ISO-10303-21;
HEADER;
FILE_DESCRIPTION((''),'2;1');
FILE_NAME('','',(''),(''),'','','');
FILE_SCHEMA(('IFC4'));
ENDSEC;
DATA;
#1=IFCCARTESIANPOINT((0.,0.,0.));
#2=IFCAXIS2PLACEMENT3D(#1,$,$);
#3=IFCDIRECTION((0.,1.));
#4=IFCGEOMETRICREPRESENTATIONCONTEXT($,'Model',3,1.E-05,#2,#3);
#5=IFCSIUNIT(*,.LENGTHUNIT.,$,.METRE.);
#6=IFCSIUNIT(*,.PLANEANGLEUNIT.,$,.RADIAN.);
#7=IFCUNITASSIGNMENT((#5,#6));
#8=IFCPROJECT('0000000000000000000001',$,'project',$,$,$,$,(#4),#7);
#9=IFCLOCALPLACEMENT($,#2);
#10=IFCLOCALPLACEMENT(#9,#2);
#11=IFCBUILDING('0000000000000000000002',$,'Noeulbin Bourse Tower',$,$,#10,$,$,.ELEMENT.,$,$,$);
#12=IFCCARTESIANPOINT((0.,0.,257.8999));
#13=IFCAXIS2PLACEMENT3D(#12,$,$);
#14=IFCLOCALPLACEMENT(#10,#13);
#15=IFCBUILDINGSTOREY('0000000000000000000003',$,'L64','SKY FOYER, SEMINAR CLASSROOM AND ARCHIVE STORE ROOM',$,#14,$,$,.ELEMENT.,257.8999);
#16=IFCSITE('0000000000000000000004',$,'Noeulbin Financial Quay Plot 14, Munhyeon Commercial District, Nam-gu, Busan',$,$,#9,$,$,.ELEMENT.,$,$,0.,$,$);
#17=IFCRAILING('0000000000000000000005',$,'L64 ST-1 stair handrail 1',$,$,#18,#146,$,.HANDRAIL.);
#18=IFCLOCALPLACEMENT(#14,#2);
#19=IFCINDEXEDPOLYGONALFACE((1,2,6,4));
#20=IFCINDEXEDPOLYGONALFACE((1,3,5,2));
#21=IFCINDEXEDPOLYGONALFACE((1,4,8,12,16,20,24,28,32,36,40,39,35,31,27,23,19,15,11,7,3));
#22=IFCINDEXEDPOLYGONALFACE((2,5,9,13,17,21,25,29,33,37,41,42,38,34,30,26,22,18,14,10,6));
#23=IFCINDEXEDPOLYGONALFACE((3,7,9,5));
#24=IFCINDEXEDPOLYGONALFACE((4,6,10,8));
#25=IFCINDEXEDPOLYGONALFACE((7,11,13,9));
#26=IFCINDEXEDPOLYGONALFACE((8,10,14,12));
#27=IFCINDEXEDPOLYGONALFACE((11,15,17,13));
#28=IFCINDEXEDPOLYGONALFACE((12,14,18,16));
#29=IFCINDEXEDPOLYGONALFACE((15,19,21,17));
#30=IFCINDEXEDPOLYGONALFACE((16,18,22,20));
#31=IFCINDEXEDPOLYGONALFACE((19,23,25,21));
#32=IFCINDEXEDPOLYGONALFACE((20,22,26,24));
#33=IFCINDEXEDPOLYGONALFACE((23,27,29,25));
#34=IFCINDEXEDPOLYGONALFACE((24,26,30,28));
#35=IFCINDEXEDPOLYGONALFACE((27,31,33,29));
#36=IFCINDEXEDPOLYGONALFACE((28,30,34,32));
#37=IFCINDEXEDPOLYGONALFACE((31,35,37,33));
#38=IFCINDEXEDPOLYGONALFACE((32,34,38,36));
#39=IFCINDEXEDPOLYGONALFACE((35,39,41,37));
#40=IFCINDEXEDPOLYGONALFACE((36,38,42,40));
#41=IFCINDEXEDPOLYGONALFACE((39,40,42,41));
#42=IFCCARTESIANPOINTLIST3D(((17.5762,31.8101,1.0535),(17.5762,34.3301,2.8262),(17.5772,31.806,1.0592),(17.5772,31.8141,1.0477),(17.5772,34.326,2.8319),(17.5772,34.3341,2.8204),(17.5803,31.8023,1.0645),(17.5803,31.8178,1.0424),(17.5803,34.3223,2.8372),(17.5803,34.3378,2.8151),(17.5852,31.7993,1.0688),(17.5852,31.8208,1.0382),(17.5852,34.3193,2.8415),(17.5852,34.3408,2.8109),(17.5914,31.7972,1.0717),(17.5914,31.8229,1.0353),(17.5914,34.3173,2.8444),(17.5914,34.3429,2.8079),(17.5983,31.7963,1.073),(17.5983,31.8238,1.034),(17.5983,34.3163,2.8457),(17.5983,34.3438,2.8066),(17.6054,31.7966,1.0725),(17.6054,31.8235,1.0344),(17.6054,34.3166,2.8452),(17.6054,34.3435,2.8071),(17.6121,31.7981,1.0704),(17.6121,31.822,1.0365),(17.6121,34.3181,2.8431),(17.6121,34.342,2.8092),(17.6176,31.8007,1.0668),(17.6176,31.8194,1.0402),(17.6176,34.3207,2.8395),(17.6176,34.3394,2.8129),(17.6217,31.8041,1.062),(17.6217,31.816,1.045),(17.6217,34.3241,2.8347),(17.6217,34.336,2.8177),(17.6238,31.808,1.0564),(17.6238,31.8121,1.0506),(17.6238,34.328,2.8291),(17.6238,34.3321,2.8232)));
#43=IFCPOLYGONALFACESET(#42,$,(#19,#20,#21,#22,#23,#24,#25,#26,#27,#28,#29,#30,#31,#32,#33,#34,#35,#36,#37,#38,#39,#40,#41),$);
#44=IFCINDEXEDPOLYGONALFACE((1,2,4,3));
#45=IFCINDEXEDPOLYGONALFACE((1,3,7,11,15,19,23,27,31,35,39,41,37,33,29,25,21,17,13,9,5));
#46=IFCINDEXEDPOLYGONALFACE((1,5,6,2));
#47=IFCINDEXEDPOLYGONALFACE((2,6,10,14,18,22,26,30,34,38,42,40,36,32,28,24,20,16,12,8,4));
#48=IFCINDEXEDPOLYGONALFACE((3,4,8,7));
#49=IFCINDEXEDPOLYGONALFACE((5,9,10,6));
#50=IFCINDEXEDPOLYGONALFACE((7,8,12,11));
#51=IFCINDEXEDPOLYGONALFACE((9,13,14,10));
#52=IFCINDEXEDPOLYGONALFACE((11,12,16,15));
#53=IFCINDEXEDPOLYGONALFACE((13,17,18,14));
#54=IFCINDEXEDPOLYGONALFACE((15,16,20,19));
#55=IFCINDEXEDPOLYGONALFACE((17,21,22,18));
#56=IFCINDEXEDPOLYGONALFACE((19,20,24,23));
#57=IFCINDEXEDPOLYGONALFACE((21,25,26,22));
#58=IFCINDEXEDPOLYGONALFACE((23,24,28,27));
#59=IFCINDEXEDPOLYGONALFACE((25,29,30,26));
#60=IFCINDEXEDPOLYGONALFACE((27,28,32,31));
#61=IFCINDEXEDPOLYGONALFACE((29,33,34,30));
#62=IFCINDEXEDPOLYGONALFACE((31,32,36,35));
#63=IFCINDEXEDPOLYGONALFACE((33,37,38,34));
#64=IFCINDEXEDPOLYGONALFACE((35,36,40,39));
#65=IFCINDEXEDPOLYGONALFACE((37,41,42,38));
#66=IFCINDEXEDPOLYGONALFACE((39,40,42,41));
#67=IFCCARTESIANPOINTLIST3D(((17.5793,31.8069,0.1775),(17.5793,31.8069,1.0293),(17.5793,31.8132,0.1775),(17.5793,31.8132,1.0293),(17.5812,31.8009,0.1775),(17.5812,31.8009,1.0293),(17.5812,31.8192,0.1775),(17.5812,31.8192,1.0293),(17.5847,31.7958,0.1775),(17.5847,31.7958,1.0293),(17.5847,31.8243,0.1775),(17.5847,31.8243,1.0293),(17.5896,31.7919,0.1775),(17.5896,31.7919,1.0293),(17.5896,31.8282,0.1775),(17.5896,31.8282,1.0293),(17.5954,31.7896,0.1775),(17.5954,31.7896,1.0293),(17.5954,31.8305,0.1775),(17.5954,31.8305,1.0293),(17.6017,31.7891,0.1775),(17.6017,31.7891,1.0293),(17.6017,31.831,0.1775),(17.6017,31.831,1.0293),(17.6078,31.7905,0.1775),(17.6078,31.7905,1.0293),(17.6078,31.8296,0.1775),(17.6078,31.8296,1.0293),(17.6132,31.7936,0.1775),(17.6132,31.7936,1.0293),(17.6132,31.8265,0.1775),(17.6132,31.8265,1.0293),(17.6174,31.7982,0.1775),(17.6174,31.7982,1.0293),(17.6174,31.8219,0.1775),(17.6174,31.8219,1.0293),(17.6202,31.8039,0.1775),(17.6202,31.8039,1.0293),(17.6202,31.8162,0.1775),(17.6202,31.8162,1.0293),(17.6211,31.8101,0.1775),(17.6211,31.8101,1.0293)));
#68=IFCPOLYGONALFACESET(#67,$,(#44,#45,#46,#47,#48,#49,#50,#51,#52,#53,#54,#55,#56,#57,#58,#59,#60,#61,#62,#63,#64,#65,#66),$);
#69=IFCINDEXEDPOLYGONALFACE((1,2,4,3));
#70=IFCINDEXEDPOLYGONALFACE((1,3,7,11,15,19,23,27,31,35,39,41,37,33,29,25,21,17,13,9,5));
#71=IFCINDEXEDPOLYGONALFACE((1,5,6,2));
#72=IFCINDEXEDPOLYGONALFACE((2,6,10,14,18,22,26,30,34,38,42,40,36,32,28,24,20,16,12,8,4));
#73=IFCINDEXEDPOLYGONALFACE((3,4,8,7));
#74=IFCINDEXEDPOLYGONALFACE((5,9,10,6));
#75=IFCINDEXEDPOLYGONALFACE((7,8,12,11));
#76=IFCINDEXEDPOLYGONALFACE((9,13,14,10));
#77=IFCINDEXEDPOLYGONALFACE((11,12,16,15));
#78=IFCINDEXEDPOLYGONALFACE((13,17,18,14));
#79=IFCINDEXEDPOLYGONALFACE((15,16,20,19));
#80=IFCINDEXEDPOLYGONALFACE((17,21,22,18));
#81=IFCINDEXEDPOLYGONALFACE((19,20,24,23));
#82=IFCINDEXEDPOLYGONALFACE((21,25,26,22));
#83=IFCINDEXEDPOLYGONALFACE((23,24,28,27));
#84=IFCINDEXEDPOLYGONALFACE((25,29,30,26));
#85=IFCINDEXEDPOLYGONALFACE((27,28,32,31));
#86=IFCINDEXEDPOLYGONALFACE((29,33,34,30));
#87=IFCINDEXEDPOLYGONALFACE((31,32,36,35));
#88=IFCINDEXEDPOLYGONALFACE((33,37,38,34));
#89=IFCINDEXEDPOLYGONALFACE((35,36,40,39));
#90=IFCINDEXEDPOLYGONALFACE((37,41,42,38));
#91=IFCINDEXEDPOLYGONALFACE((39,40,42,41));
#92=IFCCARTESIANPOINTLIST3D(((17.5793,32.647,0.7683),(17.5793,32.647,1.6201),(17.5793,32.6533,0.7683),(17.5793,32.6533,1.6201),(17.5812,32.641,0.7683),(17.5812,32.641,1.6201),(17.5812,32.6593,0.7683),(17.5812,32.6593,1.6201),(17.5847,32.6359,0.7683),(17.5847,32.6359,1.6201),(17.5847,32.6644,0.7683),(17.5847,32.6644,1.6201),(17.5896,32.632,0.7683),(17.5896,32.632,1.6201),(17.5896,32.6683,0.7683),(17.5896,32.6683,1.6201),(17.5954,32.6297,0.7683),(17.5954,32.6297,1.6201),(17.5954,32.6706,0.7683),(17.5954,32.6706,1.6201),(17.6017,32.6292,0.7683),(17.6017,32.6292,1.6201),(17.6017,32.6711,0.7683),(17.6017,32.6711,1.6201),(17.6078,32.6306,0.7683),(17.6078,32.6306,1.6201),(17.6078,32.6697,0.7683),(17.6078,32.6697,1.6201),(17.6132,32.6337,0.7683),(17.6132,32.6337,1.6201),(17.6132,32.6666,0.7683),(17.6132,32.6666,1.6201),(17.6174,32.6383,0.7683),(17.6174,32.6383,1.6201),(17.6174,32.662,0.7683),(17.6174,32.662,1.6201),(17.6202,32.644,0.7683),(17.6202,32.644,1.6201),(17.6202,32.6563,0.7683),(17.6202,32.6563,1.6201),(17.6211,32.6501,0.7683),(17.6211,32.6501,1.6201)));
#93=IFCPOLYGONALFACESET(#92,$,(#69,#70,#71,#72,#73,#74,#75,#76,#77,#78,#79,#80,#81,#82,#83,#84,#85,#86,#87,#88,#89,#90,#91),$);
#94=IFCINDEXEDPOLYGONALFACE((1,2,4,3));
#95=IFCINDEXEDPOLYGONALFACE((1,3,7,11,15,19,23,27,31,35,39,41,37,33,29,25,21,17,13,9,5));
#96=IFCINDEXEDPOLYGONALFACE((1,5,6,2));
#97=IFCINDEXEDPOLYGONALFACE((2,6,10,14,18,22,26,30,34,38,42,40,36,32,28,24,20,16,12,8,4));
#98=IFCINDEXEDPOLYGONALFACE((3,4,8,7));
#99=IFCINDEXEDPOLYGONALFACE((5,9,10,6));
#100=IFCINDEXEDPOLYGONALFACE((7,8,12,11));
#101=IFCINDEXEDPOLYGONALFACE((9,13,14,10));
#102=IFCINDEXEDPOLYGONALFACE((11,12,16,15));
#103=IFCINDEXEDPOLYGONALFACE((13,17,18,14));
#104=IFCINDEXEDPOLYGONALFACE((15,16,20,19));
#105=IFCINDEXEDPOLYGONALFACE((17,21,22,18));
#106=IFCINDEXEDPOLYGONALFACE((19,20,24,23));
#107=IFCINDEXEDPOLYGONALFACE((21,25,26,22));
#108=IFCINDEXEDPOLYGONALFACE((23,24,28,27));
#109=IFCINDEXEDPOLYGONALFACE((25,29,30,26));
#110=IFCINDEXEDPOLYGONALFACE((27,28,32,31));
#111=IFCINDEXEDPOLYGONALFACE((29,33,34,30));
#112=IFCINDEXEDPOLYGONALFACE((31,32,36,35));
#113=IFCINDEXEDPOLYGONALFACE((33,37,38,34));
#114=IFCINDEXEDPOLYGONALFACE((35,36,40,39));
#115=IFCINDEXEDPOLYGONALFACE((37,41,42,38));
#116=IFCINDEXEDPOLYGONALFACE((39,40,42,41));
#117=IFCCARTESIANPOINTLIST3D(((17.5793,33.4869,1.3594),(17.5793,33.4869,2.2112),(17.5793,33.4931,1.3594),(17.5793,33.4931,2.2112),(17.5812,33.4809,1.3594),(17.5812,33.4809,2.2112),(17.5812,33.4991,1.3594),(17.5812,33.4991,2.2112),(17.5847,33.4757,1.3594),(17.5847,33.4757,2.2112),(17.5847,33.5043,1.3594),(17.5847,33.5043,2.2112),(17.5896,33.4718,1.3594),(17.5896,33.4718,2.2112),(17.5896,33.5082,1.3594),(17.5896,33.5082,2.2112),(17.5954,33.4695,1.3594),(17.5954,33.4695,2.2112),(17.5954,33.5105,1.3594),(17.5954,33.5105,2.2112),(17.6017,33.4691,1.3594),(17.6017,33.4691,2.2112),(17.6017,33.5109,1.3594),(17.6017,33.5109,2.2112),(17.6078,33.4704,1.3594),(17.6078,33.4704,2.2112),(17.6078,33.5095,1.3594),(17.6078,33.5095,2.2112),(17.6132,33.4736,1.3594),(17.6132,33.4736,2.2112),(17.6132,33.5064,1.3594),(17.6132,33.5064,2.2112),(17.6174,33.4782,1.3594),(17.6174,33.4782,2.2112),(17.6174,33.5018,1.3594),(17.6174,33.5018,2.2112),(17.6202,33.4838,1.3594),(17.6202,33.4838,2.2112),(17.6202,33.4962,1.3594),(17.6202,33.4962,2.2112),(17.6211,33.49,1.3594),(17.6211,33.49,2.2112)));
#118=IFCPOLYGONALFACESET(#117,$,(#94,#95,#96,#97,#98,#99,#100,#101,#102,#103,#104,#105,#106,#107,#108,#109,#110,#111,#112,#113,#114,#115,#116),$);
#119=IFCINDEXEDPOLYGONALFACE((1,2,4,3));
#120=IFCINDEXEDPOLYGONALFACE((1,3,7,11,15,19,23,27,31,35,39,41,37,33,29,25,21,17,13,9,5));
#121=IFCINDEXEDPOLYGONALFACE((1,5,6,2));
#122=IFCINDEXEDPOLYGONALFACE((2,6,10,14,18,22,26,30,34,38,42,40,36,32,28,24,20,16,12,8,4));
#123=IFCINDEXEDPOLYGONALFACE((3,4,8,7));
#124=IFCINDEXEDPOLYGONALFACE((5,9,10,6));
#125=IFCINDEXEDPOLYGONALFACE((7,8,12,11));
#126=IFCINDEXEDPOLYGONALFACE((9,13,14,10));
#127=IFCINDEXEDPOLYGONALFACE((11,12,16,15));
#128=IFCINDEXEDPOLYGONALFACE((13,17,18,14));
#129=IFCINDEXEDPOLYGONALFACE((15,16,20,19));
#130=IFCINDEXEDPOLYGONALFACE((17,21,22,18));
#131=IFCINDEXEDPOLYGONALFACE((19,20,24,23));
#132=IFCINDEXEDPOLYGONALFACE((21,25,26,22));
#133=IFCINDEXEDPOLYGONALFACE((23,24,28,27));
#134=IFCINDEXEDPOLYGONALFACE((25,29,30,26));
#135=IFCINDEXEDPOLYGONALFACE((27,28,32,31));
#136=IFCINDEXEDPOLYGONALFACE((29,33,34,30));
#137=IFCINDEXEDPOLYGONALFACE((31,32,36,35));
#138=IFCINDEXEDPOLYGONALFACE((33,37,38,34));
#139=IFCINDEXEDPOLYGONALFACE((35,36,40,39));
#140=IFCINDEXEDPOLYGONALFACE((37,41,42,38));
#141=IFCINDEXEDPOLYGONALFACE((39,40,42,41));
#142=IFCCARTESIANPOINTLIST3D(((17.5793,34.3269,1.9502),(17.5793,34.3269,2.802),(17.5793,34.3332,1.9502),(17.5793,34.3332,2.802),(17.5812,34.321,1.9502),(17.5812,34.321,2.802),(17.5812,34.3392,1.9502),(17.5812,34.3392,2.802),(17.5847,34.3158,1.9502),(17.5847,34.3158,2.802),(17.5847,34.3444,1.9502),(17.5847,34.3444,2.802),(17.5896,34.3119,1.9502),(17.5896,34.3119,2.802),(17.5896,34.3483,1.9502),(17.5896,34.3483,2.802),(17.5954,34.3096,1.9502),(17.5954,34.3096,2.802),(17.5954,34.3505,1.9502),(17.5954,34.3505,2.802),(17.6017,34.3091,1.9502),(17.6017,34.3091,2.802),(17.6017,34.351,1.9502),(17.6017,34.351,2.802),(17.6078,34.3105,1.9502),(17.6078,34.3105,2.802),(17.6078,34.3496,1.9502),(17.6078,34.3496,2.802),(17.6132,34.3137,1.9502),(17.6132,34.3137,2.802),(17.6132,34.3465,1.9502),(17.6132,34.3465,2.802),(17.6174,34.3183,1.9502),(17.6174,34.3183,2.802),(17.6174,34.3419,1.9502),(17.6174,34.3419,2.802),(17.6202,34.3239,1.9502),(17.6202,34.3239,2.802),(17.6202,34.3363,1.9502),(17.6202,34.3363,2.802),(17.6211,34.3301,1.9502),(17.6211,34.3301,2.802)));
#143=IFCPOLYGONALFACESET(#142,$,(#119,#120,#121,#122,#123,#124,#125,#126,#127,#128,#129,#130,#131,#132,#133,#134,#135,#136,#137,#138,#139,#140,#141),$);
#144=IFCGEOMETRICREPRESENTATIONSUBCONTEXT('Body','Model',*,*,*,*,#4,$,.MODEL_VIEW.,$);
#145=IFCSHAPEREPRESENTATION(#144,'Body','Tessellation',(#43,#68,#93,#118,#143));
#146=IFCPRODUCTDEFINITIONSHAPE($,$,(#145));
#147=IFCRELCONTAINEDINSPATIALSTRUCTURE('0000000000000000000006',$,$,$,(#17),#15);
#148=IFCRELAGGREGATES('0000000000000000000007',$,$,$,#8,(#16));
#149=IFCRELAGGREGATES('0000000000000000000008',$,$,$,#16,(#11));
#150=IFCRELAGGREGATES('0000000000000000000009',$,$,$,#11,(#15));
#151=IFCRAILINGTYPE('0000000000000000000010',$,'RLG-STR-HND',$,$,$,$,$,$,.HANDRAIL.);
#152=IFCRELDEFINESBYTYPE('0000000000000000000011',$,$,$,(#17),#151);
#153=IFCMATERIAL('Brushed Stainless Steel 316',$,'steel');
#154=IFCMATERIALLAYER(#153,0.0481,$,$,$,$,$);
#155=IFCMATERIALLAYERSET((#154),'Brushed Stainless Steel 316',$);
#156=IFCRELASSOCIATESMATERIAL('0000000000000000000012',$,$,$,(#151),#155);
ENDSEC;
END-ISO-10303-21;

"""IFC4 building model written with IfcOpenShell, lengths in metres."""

from ifc_helpers import new_model, si_unit, direction, frame, origin, origin_2d, place, context, subcontext, project, spatial, circle, extrude, material, layer, layer_set, type_object, element, save


model = new_model("IFC4")

# Units and contexts
model_context = context("Model", 3, precision=1e-05, world=origin(), true_north=direction((0.0, 1.0)))
body_context = subcontext(model_context, "Body", "Model", "MODEL_VIEW")
ifc_project = project(units=[si_unit("LENGTHUNIT", "METRE"), si_unit("PLANEANGLEUNIT", "RADIAN")], contexts=[model_context])

# Site, building, storey
site_placement = place(None, origin())
site = spatial("IfcSite", under=ifc_project, at=site_placement, Name="Noeulbin Financial Quay Plot 14, Munhyeon Commercial District, Nam-gu, Busan", CompositionType="ELEMENT", RefElevation=0.0)
building_placement = place(site_placement, origin())
building = spatial("IfcBuilding", under=site, at=building_placement, Name="Noeulbin Bourse Tower", CompositionType="ELEMENT")
storey_placement = place(building_placement, frame((0.0, 0.0, 257.8999)))
storey = spatial("IfcBuildingStorey", under=building, at=storey_placement, Name="L64", Description="SKY FOYER, SEMINAR CLASSROOM AND ARCHIVE STORE ROOM", CompositionType="ELEMENT", Elevation=257.8999)

# Shared definitions
ifc_material_1 = material(Name="Brushed Stainless Steel 316", Category="steel")

# Railing
ifc_layer_1 = layer(ifc_material_1, 0.0481)
ifc_layer_set_1 = layer_set([ifc_layer_1], Name="Brushed Stainless Steel 316")
railing_type_1 = type_object("IfcRailingType", Name="RLG-STR-HND", PredefinedType="HANDRAIL", material=ifc_layer_set_1)
railing_1_placement = place(storey_placement, frame((17.6001, 31.8101, 0.1775)))
element("IfcRailing", 1, at=railing_1_placement, inside=storey, type_object=railing_type_1, Name="L64 ST-1 stair handrail 1", PredefinedType="HANDRAIL", context=body_context, shape_type="SweptSolid", body=[
    extrude(circle(Radius=0.0239, at=origin_2d()), frame((0.0, 0.0, 0.876), z_axis=(0.0, 0.817904, 0.575354), x_axis=(-1.0, 0.0, 0.0)), (0.0, 0.0, 1.0), 3.0811),
    extrude(circle(Radius=0.021, at=origin_2d()), origin(), (0.0, 0.0, 1.0), 0.8518),
    extrude(circle(Radius=0.021, at=origin_2d()), frame((0.0, 0.8401, 0.5908)), (0.0, 0.0, 1.0), 0.8518),
    extrude(circle(Radius=0.021, at=origin_2d()), frame((0.0, 1.6799, 1.1819)), (0.0, 0.0, 1.0), 0.8518),
    extrude(circle(Radius=0.021, at=origin_2d()), frame((0.0, 2.52, 1.7727)), (0.0, 0.0, 1.0), 0.8518),
])

save(model, "model.ifc")
